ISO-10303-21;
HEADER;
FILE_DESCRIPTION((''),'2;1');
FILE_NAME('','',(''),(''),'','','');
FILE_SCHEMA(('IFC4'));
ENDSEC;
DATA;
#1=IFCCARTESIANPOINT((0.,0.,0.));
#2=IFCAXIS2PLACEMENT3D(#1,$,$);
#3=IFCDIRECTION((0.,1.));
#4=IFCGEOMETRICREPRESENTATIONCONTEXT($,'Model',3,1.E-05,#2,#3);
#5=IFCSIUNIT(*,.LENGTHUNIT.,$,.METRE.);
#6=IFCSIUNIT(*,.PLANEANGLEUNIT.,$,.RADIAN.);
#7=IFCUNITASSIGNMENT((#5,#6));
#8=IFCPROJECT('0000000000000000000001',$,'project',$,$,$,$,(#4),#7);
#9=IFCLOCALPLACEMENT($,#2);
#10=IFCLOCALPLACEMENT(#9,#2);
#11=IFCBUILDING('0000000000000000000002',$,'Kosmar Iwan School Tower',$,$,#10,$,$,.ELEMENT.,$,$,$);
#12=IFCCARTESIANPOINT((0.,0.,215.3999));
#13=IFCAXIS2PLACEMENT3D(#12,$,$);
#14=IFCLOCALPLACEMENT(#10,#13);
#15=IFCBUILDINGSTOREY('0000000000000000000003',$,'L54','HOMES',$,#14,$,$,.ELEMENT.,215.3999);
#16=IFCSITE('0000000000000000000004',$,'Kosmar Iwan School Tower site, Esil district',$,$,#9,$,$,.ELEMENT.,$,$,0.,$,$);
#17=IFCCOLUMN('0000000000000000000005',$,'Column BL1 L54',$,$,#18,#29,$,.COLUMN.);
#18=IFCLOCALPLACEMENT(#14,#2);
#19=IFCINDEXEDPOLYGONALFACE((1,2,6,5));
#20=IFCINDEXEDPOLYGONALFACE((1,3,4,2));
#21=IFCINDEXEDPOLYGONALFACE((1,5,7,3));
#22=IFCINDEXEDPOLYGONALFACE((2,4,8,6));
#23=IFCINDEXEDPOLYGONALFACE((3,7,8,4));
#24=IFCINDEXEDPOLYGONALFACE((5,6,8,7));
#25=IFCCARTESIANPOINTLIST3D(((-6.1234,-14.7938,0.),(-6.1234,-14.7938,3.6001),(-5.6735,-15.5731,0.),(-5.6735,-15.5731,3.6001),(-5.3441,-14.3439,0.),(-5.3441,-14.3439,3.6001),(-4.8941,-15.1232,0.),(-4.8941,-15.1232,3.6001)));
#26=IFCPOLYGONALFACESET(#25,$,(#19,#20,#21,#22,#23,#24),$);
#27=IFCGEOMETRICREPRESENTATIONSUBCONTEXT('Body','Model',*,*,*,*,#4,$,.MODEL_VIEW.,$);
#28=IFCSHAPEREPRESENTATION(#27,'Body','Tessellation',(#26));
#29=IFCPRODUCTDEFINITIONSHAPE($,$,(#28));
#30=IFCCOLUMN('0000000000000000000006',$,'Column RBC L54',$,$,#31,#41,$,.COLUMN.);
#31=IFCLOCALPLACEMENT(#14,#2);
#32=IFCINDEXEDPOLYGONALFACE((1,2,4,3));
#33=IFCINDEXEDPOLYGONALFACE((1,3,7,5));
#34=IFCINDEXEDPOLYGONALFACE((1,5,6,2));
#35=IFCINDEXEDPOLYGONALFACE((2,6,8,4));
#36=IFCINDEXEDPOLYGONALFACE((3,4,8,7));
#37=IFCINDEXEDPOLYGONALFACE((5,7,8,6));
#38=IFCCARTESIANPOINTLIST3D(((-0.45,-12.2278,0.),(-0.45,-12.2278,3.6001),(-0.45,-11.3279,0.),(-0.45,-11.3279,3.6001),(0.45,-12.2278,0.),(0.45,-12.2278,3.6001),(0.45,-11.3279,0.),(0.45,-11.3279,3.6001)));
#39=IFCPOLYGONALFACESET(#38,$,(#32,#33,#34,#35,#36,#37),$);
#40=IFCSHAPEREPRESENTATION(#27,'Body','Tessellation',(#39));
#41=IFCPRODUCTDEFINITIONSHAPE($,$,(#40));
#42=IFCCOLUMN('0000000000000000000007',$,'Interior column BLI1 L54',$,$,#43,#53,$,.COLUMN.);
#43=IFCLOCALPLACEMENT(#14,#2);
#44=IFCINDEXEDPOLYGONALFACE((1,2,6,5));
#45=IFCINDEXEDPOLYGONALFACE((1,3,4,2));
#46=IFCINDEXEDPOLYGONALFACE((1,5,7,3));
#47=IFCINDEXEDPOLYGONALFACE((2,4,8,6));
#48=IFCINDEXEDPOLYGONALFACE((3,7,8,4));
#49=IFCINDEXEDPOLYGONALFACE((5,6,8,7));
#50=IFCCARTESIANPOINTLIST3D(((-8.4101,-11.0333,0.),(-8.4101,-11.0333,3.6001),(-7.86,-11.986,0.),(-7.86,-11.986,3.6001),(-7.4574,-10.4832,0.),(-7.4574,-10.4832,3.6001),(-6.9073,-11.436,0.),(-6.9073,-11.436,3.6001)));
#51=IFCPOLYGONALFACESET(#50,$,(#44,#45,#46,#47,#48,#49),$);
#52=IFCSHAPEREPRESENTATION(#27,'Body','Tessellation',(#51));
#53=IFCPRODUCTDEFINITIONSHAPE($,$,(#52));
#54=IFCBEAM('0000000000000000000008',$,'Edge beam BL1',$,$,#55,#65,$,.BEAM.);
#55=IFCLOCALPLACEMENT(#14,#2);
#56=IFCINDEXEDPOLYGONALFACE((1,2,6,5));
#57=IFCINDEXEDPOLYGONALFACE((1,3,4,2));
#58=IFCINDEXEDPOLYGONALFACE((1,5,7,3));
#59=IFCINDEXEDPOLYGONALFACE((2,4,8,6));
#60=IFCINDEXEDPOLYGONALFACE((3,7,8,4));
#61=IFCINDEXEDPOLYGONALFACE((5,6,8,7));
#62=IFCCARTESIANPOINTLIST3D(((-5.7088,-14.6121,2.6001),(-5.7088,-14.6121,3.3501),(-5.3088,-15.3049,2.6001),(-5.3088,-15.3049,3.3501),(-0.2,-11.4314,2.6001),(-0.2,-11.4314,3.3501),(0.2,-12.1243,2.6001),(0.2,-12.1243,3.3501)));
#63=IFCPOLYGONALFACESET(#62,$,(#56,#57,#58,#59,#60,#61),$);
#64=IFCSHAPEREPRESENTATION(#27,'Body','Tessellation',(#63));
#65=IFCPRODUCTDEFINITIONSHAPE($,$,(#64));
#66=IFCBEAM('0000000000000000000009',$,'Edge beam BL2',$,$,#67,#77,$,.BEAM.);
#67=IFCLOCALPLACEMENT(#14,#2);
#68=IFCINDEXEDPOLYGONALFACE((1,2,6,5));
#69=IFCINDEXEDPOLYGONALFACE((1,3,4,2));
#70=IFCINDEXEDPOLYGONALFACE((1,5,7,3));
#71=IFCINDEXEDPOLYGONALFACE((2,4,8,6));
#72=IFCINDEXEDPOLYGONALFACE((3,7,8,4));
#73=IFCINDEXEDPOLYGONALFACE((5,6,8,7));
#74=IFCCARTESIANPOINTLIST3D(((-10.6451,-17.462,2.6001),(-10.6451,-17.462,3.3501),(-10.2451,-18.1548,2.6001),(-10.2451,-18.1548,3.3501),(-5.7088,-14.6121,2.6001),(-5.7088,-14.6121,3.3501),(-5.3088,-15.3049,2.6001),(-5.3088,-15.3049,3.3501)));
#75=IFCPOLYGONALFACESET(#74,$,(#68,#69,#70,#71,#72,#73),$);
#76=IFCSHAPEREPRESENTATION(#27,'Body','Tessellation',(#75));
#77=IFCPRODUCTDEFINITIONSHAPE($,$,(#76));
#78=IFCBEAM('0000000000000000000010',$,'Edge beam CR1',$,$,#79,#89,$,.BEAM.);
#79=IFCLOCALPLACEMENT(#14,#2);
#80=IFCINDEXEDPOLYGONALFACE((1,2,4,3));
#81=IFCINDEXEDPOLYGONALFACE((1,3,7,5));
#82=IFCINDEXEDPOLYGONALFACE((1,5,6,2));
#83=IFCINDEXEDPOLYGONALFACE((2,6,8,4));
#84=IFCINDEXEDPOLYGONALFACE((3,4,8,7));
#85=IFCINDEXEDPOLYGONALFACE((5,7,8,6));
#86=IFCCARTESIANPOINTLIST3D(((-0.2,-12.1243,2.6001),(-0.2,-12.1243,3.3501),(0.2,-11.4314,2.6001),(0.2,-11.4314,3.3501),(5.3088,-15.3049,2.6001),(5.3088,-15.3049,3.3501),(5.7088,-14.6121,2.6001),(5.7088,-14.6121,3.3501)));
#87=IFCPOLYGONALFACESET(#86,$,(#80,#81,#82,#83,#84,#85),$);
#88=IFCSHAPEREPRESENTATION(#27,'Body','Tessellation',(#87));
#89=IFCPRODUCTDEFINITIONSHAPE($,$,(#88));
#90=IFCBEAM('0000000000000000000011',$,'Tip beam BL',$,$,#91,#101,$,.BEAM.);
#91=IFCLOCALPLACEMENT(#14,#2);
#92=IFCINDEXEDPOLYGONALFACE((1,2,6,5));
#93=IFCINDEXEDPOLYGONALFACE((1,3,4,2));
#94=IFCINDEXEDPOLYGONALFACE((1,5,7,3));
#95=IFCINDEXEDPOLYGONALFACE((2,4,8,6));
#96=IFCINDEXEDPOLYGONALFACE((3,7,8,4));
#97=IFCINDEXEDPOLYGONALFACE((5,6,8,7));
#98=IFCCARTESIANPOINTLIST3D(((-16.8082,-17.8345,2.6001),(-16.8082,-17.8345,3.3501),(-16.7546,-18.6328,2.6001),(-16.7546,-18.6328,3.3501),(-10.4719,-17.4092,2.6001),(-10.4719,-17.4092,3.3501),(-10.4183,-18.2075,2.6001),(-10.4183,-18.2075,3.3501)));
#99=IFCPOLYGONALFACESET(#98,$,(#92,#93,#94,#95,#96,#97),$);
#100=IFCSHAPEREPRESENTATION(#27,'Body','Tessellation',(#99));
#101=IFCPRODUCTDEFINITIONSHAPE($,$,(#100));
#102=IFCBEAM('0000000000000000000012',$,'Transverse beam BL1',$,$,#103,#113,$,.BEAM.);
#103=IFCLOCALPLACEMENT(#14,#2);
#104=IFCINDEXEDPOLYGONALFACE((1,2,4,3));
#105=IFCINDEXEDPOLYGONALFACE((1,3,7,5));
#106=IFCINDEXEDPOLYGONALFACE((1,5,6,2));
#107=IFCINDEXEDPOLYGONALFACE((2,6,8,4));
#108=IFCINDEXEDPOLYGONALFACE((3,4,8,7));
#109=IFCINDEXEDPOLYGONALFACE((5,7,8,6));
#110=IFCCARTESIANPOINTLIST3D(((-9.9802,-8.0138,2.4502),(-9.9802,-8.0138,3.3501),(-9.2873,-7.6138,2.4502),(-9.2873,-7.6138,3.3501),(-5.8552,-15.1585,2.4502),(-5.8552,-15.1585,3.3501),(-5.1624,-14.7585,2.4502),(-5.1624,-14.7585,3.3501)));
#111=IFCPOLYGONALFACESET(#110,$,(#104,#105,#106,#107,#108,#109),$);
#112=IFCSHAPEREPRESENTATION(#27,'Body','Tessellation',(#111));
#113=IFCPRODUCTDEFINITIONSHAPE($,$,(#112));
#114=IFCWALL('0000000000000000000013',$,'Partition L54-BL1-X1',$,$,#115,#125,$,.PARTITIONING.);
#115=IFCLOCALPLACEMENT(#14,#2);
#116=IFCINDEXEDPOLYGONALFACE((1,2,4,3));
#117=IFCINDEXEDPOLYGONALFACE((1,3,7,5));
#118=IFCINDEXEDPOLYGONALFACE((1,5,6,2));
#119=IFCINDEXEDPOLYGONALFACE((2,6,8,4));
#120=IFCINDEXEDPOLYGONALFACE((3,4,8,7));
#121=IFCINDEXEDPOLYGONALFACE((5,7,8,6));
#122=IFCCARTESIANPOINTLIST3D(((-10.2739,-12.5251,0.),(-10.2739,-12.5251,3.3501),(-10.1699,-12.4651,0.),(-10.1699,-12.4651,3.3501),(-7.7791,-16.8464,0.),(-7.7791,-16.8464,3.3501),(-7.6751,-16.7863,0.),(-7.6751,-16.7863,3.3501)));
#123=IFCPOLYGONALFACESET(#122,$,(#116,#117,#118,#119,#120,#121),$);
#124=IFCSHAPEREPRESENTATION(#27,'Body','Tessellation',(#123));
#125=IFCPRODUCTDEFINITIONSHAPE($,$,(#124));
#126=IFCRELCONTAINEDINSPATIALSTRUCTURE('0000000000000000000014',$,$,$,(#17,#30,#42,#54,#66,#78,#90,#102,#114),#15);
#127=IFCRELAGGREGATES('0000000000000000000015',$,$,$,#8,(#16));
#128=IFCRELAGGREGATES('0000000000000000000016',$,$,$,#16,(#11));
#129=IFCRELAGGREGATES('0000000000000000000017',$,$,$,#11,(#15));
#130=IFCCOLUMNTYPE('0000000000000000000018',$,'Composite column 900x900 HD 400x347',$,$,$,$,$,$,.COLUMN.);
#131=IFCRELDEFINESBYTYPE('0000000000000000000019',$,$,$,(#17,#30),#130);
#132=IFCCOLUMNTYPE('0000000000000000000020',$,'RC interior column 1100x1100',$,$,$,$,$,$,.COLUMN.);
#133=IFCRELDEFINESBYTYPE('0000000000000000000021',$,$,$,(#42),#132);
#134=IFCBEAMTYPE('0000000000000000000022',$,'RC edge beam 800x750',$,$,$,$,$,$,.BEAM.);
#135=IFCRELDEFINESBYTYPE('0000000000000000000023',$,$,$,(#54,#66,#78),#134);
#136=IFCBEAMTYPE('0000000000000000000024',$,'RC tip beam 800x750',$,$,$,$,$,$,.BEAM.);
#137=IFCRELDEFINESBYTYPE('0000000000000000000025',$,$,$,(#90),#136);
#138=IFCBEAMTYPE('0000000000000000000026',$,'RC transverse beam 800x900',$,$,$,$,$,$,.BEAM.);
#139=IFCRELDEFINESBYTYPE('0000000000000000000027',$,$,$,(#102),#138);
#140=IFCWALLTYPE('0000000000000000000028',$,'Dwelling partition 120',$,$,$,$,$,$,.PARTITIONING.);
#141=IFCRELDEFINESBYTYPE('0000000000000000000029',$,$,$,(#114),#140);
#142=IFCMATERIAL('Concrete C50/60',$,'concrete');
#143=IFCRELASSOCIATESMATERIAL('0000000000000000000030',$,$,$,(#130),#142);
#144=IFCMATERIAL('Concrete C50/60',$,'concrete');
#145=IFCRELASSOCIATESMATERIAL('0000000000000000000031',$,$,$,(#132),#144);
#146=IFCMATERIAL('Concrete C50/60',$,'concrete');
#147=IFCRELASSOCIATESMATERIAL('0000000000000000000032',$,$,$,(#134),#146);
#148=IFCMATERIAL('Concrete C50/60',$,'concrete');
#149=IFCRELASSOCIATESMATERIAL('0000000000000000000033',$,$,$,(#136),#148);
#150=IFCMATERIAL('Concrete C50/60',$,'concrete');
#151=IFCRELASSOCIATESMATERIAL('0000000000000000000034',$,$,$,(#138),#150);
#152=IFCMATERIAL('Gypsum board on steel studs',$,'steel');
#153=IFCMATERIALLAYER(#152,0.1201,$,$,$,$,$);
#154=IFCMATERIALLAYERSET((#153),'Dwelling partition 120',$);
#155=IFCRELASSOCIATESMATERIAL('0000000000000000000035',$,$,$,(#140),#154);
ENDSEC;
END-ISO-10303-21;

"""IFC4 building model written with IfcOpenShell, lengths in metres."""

from ifc_helpers import new_model, si_unit, direction, frame, frame_2d, origin, origin_2d, place, context, subcontext, project, spatial, rectangle, extrude, material, layer, layer_set, material_profile, profile_set, type_object, element, save


model = new_model("IFC4")

# Units and contexts
model_context = context("Model", 3, precision=1e-05, world=origin(), true_north=direction((0.0, 1.0)))
body_context = subcontext(model_context, "Body", "Model", "MODEL_VIEW")
ifc_project = project(units=[si_unit("LENGTHUNIT", "METRE"), si_unit("PLANEANGLEUNIT", "RADIAN")], contexts=[model_context])

# Site, building, storey
site_placement = place(None, origin())
site = spatial("IfcSite", under=ifc_project, at=site_placement, Name="Kosmar Iwan School Tower site, Esil district", CompositionType="ELEMENT", RefElevation=0.0)
building_placement = place(site_placement, origin())
building = spatial("IfcBuilding", under=site, at=building_placement, Name="Kosmar Iwan School Tower", CompositionType="ELEMENT")
storey_placement = place(building_placement, frame((0.0, 0.0, 215.3999)))
storey = spatial("IfcBuildingStorey", under=building, at=storey_placement, Name="L54", Description="HOMES", CompositionType="ELEMENT", Elevation=215.3999)

# Columns
ifc_material_1 = material(Name="Concrete C50/60", Category="concrete")
ifc_material_profile_1 = material_profile(ifc_material_1, rectangle(XDim=0.8999, YDim=0.8999, at=origin_2d()), Name="RC 900x900 + HD 400x347")
ifc_profile_set_1 = profile_set([ifc_material_profile_1], Name="Concrete C50/60")
column_type_1 = type_object("IfcColumnType", Name="Composite column 900x900 HD 400x347", PredefinedType="COLUMN", material=ifc_profile_set_1)
for number, where, z_axis, x_axis, name in (
    (1, (-5.5088, -14.9585, 0.0), (0.0, 0.0, 1.0), (-0.866025, -0.5, 0.0), "Column BL1 L54"),
    (2, (0.0, -11.7778, 0.0), (0.0, 0.0, 1.0), (1.0, 0.0, 0.0), "Column RBC L54"),
):
    element("IfcColumn", number, at=place(storey_placement, frame(where, z_axis=z_axis, x_axis=x_axis)), inside=storey, type_object=column_type_1, Name=name, PredefinedType="COLUMN", context=body_context, shape_type="SweptSolid", body=[
        extrude(rectangle(XDim=0.8999, YDim=0.8999, at=origin_2d()), origin(), (0.0, 0.0, 1.0), 3.6001),
    ])
ifc_material_2 = material(Name="Concrete C50/60", Category="concrete")
ifc_material_profile_2 = material_profile(ifc_material_2, rectangle(XDim=1.1001, YDim=1.1001, at=origin_2d()), Name="RC 1100x1100")
ifc_profile_set_2 = profile_set([ifc_material_profile_2], Name="Concrete C50/60")
column_type_2 = type_object("IfcColumnType", Name="RC interior column 1100x1100", PredefinedType="COLUMN", material=ifc_profile_set_2)
column_placement = place(storey_placement, frame((-7.6587, -11.2346, 0.0), z_axis=(0.0, 0.0, 1.0), x_axis=(-0.866025, -0.5, 0.0)))
element("IfcColumn", 3, at=column_placement, inside=storey, type_object=column_type_2, Name="Interior column BLI1 L54", PredefinedType="COLUMN", context=body_context, shape_type="SweptSolid", body=[
    extrude(rectangle(XDim=1.1001, YDim=1.1001, at=origin_2d()), origin(), (0.0, 0.0, 1.0), 3.6001),
])

# Beams
ifc_material_3 = material(Name="Concrete C50/60", Category="concrete")
ifc_material_profile_3 = material_profile(ifc_material_3, rectangle(XDim=0.8, YDim=0.75, at=origin_2d()), Name="RC 800x750")
ifc_profile_set_3 = profile_set([ifc_material_profile_3], Name="Concrete C50/60")
beam_type_1 = type_object("IfcBeamType", Name="RC edge beam 800x750", PredefinedType="BEAM", material=ifc_profile_set_3)
beam_1_placement = place(storey_placement, frame((0.0, -11.7778, 2.9751), z_axis=(-0.866014, -0.500019, 0.0), x_axis=(0.500019, -0.866014, 0.0)))
element("IfcBeam", 4, at=beam_1_placement, inside=storey, type_object=beam_type_1, Name="Edge beam BL1", PredefinedType="BEAM", context=body_context, shape_type="SweptSolid", body=[
    extrude(rectangle(XDim=0.8, YDim=0.75, at=origin_2d()), origin(), (0.0, 0.0, 1.0), 6.3611),
])
beam_2_placement = place(storey_placement, frame((-5.5088, -14.9585, 2.9751), z_axis=(-0.866034, -0.499986, 0.0), x_axis=(0.499986, -0.866034, 0.0)))
element("IfcBeam", 5, at=beam_2_placement, inside=storey, type_object=beam_type_1, Name="Edge beam BL2", PredefinedType="BEAM", context=body_context, shape_type="SweptSolid", body=[
    extrude(rectangle(XDim=0.8, YDim=0.75, at=origin_2d()), origin(), (0.0, 0.0, 1.0), 5.7),
])
beam_3_placement = place(storey_placement, frame((0.0, -11.7778, 2.9751), z_axis=(0.866014, -0.500019, 0.0), x_axis=(0.500019, 0.866014, 0.0)))
element("IfcBeam", 6, at=beam_3_placement, inside=storey, type_object=beam_type_1, Name="Edge beam CR1", PredefinedType="BEAM", context=body_context, shape_type="SweptSolid", body=[
    extrude(rectangle(XDim=0.8, YDim=0.75, at=origin_2d()), origin(), (0.0, 0.0, 1.0), 6.3611),
])
ifc_material_4 = material(Name="Concrete C50/60", Category="concrete")
ifc_material_profile_4 = material_profile(ifc_material_4, rectangle(XDim=0.8, YDim=0.75, at=origin_2d()), Name="RC 800x750")
ifc_profile_set_4 = profile_set([ifc_material_profile_4], Name="Concrete C50/60")
beam_type_2 = type_object("IfcBeamType", Name="RC tip beam 800x750", PredefinedType="BEAM", material=ifc_profile_set_4)
beam_4_placement = place(storey_placement, frame((-10.4451, -17.8083, 2.9751), z_axis=(-0.997755, -0.066968, 0.0), x_axis=(0.066968, -0.997755, 0.0)))
element("IfcBeam", 7, at=beam_4_placement, inside=storey, type_object=beam_type_2, Name="Tip beam BL", PredefinedType="BEAM", context=body_context, shape_type="SweptSolid", body=[
    extrude(rectangle(XDim=0.8, YDim=0.75, at=origin_2d()), origin(), (0.0, 0.0, 1.0), 6.3506),
])
ifc_material_5 = material(Name="Concrete C50/60", Category="concrete")
ifc_material_profile_5 = material_profile(ifc_material_5, rectangle(XDim=0.8, YDim=0.8999, at=origin_2d()), Name="RC 800x900")
ifc_profile_set_5 = profile_set([ifc_material_profile_5], Name="Concrete C50/60")
beam_type_3 = type_object("IfcBeamType", Name="RC transverse beam 800x900", PredefinedType="BEAM", material=ifc_profile_set_5)
beam_5_placement = place(storey_placement, frame((-5.5088, -14.9585, 2.9001), z_axis=(-0.499997, 0.866027, 0.0), x_axis=(-0.866027, -0.499997, 0.0)))
element("IfcBeam", 8, at=beam_5_placement, inside=storey, type_object=beam_type_3, Name="Transverse beam BL1", PredefinedType="BEAM", context=body_context, shape_type="SweptSolid", body=[
    extrude(rectangle(XDim=0.8, YDim=0.8999, at=origin_2d()), origin(), (0.0, 0.0, 1.0), 8.25),
])

# Wall
ifc_material_6 = material(Name="Gypsum board on steel studs", Category="steel")
ifc_layer_1 = layer(ifc_material_6, 0.1201)
ifc_layer_set_1 = layer_set([ifc_layer_1], Name="Dwelling partition 120")
wall_type_1 = type_object("IfcWallType", Name="Dwelling partition 120", PredefinedType="PARTITIONING", material=ifc_layer_set_1)
wall_1_placement = place(storey_placement, frame((-10.2219, -12.4951, 0.0), z_axis=(0.0, 0.0, 1.0), x_axis=(0.499996, -0.866028, 0.0)))
element("IfcWall", 9, at=wall_1_placement, inside=storey, type_object=wall_type_1, Name="Partition L54-BL1-X1", PredefinedType="PARTITIONING", context=body_context, shape_type="SweptSolid", body=[
    extrude(rectangle(XDim=4.9897, YDim=0.1201, at=frame_2d((2.4949, 0.0))), origin(), (0.0, 0.0, 1.0), 3.3501),
])

save(model, "model.ifc")
